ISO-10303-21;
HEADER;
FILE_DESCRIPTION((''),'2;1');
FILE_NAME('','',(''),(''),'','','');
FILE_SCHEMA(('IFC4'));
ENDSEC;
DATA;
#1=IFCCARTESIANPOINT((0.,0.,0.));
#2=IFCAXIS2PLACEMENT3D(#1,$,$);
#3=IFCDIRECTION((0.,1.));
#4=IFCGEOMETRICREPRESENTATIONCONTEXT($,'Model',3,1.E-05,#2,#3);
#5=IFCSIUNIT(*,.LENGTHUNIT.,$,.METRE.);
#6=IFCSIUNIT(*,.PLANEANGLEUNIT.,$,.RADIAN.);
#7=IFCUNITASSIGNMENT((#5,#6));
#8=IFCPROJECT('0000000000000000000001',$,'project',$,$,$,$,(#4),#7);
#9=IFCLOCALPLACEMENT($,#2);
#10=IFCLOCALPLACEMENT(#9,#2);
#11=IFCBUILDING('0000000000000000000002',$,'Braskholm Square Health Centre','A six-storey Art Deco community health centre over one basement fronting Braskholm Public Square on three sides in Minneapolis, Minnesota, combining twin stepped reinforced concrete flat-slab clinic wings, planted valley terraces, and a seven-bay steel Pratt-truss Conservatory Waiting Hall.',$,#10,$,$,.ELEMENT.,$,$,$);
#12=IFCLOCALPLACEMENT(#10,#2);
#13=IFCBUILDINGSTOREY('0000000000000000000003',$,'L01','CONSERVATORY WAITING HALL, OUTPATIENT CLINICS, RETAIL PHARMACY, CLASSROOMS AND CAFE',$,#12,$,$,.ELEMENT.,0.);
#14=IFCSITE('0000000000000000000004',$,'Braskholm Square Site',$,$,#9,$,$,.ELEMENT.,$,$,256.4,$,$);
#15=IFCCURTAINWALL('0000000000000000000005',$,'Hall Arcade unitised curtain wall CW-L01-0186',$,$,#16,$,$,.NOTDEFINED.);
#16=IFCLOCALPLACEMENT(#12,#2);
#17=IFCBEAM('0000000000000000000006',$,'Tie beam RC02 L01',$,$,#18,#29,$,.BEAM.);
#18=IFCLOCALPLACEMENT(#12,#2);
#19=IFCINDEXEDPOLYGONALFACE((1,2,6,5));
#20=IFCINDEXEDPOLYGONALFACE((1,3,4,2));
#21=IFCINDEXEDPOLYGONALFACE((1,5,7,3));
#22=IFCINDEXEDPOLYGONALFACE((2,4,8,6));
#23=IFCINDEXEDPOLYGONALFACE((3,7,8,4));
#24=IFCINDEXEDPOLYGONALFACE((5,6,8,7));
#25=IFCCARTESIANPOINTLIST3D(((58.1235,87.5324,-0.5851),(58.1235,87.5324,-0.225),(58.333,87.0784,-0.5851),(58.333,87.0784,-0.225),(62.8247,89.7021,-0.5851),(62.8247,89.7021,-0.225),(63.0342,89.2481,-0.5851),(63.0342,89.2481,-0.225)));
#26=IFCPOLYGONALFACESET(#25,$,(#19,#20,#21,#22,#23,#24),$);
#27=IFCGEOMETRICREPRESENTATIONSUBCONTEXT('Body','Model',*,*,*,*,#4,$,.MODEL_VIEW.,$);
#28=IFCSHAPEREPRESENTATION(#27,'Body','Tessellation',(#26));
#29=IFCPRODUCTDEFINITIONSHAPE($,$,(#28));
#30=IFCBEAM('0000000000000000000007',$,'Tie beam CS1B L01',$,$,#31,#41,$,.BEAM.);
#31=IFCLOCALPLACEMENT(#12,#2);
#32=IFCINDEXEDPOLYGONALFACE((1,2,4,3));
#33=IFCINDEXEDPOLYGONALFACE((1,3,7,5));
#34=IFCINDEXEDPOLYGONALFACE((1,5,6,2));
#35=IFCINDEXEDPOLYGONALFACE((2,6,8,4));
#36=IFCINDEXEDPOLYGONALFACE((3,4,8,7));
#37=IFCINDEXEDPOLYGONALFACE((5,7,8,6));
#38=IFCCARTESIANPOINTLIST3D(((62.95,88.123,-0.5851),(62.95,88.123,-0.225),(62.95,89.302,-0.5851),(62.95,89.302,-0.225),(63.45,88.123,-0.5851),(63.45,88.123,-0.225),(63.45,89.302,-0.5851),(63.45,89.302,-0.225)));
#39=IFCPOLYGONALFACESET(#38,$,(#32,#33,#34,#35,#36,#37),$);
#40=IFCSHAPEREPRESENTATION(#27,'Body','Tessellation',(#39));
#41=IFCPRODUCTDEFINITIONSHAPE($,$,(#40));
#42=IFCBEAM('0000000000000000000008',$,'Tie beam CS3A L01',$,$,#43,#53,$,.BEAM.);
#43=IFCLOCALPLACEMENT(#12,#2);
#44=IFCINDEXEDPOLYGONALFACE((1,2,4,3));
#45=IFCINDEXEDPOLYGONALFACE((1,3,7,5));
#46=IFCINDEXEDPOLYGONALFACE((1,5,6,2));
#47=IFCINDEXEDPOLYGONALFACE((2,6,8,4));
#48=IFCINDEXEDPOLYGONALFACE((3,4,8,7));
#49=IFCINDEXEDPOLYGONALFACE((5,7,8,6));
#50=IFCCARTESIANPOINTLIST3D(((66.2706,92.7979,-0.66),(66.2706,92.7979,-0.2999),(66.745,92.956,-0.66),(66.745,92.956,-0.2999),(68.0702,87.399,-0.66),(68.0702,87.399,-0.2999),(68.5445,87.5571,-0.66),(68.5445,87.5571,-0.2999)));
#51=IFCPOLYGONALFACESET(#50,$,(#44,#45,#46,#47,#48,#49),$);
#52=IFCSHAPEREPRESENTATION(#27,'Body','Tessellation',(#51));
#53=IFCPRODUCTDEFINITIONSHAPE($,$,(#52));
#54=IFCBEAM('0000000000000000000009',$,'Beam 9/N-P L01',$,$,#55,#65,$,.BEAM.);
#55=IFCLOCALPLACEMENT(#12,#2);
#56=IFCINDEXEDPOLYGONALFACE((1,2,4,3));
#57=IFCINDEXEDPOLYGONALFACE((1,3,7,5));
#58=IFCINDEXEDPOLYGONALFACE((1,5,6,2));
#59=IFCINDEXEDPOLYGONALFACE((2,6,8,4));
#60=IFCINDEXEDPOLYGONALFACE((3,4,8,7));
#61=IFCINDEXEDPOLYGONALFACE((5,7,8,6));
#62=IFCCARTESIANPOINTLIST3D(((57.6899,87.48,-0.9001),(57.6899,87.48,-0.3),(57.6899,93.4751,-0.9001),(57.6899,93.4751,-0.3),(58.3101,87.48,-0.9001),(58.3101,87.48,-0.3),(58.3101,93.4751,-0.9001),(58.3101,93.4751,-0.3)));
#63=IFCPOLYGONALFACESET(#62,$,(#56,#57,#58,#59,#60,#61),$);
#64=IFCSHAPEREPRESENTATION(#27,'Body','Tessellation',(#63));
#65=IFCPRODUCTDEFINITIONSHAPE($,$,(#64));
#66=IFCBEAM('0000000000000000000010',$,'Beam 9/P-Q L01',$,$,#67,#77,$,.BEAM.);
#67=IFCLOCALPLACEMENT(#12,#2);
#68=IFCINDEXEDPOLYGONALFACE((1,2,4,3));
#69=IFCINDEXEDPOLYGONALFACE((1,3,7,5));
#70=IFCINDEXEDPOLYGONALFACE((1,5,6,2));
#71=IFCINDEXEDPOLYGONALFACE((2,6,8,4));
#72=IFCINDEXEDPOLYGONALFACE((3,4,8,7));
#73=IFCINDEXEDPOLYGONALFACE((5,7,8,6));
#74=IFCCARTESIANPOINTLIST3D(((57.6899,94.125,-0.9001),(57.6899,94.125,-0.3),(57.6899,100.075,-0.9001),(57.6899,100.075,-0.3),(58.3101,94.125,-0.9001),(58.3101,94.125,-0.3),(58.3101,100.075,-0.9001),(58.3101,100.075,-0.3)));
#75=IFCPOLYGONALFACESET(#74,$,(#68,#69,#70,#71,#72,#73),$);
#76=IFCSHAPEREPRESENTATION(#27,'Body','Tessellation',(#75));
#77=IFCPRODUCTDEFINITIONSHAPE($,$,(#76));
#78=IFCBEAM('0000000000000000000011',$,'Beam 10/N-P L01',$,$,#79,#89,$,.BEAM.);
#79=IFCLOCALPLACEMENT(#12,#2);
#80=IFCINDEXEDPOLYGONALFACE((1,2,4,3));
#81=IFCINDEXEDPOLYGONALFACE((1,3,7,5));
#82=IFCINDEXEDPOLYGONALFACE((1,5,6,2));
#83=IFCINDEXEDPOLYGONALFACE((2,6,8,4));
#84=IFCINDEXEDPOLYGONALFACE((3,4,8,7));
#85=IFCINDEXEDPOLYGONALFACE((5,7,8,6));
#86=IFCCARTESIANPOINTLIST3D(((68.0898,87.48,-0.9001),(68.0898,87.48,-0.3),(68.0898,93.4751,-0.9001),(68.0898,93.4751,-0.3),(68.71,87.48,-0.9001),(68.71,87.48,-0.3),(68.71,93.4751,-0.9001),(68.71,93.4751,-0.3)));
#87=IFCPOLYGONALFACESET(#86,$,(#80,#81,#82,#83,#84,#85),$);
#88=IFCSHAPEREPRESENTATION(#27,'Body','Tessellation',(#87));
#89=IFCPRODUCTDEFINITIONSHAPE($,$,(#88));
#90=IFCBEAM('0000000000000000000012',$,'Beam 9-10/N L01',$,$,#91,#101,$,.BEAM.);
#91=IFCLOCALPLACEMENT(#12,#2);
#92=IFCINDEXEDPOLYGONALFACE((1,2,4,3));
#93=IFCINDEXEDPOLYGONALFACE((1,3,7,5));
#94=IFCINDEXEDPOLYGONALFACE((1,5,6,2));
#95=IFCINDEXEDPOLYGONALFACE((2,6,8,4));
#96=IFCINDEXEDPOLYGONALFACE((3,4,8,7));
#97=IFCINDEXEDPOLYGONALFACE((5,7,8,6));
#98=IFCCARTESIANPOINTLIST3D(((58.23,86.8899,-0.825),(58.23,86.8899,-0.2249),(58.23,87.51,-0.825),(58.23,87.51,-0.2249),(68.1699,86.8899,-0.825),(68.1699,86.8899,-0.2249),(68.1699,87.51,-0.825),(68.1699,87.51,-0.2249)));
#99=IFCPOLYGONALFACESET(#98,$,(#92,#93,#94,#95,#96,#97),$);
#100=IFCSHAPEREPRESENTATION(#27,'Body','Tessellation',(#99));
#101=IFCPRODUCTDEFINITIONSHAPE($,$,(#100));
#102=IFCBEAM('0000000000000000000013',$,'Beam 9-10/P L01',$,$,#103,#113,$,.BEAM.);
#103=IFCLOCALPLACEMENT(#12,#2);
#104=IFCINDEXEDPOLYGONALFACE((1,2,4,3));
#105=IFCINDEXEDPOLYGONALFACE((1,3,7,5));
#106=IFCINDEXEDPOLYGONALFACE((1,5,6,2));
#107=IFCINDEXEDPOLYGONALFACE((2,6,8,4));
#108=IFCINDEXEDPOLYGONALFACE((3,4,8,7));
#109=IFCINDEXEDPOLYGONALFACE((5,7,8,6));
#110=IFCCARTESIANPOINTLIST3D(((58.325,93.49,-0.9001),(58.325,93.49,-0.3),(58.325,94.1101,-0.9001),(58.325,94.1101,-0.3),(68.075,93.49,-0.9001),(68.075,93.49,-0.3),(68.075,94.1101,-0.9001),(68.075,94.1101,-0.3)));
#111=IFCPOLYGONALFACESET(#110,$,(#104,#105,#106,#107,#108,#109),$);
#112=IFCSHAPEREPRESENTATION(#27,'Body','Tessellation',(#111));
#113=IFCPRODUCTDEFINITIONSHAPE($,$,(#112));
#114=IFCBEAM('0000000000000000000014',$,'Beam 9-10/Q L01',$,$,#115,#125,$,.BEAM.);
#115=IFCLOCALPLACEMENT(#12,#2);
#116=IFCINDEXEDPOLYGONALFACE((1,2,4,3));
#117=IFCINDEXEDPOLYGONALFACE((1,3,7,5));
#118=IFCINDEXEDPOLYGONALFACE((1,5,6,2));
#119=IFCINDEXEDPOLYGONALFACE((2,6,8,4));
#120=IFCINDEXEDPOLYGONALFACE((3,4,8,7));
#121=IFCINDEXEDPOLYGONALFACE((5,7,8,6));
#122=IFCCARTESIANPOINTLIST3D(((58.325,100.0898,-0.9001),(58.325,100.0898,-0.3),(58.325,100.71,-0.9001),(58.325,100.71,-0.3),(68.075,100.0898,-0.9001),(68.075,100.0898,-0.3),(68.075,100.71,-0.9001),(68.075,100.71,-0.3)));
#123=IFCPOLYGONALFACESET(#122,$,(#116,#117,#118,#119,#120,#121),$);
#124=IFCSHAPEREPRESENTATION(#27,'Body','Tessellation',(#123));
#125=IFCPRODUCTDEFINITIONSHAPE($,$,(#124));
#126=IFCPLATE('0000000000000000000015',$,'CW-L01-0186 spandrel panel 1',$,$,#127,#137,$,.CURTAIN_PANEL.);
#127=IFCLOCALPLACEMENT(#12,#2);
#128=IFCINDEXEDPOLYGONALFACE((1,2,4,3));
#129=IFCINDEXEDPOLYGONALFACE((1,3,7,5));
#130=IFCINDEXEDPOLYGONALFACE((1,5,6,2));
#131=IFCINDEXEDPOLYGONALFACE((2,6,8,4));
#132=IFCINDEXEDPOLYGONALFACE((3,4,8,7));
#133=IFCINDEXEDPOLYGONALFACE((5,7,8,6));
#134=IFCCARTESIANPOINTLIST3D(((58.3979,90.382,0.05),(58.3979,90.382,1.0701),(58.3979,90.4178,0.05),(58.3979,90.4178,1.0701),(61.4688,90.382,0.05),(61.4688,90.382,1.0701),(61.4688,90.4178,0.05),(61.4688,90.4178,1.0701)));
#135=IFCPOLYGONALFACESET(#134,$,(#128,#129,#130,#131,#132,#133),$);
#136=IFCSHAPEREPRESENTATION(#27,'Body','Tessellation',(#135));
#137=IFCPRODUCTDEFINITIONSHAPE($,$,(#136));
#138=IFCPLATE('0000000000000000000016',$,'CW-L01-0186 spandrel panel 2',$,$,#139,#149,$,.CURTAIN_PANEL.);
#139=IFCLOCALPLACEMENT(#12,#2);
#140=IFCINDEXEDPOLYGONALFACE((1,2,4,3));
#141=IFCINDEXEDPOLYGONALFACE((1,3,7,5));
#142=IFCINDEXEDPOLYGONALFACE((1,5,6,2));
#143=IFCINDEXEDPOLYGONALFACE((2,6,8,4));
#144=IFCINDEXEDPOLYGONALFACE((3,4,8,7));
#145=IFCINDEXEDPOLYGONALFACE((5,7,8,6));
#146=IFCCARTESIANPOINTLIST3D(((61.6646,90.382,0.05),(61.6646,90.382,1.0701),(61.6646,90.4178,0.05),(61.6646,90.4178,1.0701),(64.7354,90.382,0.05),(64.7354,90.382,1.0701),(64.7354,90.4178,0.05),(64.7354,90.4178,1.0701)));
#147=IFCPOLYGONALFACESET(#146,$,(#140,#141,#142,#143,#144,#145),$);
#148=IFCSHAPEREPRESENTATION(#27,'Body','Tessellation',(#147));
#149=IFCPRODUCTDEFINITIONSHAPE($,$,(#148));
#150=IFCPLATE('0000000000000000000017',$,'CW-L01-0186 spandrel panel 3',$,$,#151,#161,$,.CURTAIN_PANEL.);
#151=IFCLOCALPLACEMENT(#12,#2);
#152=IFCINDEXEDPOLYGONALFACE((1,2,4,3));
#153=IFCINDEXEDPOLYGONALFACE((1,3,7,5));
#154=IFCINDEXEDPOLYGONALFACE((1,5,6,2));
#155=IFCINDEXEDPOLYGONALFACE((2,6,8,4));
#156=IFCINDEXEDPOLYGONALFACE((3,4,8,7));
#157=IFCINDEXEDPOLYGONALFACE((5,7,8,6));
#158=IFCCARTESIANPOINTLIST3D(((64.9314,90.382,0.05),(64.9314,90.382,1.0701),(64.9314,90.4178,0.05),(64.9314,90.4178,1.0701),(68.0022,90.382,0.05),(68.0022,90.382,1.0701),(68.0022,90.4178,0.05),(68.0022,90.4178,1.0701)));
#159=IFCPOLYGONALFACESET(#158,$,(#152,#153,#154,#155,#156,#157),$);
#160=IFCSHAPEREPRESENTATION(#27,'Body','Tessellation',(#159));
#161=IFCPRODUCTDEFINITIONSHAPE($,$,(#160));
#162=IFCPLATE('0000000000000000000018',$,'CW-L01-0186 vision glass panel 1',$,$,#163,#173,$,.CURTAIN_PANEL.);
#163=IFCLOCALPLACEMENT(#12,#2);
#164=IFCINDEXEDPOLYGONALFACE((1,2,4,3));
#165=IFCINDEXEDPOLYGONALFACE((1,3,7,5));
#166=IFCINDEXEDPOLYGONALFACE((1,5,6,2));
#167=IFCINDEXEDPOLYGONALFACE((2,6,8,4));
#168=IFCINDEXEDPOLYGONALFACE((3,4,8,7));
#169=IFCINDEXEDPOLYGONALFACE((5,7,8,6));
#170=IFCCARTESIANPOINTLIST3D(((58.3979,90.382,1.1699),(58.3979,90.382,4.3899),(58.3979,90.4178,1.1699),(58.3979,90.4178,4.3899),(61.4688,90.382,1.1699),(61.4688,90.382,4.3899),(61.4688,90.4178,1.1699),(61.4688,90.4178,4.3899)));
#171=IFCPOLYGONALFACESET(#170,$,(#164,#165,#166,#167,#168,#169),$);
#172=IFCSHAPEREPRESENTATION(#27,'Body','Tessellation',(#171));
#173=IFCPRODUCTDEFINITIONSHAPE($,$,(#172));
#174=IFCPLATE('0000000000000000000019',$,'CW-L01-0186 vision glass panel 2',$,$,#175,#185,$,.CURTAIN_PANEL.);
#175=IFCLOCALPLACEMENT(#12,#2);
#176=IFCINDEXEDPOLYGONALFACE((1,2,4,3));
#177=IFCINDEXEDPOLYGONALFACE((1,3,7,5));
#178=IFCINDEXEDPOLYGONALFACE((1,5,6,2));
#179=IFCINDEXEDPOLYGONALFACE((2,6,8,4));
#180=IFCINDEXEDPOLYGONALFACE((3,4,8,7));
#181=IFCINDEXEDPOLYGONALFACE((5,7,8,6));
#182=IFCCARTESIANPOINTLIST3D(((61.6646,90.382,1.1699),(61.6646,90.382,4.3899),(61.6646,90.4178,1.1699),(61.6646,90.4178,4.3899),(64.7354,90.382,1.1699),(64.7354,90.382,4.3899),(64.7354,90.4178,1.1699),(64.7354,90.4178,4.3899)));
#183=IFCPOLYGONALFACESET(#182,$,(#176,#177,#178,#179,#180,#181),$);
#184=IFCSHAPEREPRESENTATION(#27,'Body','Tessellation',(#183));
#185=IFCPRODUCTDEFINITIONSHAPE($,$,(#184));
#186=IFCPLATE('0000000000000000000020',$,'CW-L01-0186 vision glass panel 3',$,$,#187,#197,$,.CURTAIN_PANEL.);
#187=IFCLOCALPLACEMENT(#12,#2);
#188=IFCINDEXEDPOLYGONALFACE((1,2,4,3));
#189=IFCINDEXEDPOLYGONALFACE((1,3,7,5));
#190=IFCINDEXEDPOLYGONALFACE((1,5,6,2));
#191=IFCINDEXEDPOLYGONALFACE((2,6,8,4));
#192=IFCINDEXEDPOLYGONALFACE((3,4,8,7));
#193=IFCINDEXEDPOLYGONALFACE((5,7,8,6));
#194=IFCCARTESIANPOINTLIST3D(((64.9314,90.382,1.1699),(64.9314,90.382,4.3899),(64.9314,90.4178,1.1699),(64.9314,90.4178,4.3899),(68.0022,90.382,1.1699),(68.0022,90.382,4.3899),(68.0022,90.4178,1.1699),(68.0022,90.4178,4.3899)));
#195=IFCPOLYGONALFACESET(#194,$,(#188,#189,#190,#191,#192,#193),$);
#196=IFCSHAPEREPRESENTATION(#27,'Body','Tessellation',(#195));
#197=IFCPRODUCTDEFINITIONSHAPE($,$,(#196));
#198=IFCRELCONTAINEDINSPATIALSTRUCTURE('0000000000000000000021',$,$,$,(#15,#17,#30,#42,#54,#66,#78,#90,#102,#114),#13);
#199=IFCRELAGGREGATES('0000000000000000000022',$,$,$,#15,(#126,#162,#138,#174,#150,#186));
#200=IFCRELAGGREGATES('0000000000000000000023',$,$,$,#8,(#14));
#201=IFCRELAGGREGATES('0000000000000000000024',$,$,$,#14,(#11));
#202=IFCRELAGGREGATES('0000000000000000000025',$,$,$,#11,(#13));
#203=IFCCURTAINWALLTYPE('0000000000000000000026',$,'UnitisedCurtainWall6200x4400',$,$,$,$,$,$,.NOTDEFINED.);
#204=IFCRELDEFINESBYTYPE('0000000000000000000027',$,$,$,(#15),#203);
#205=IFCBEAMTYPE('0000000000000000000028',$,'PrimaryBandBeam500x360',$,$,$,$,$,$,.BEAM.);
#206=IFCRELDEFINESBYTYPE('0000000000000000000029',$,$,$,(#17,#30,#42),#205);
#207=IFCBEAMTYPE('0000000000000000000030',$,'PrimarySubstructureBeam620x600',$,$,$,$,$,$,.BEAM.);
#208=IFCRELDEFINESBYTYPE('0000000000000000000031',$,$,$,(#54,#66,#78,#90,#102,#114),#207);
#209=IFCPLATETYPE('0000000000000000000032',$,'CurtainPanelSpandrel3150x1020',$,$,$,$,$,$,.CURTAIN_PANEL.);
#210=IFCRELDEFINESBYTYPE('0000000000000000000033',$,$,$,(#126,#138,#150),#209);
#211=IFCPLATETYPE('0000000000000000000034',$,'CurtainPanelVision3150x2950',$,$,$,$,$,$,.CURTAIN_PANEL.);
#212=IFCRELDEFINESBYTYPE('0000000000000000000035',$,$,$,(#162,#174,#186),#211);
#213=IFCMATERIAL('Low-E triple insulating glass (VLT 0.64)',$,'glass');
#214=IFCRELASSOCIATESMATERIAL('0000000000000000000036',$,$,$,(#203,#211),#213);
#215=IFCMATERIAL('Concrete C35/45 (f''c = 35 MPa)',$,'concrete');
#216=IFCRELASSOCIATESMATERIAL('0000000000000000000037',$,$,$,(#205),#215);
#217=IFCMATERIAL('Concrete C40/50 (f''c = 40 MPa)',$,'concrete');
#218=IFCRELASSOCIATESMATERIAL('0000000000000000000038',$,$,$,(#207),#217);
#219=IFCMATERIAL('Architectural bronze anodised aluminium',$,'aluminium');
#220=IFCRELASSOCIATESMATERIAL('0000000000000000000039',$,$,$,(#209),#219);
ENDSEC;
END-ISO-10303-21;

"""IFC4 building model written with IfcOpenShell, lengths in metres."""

from ifc_helpers import new_model, si_unit, direction, frame, origin, origin_2d, place, context, subcontext, project, spatial, rectangle, extrude, material, material_profile, profile_set, type_object, element, aggregate, save


model = new_model("IFC4")

# Units and contexts
model_context = context("Model", 3, precision=1e-05, world=origin(), true_north=direction((0.0, 1.0)))
body_context = subcontext(model_context, "Body", "Model", "MODEL_VIEW")
ifc_project = project(units=[si_unit("LENGTHUNIT", "METRE"), si_unit("PLANEANGLEUNIT", "RADIAN")], contexts=[model_context])

# Site, building, storey
site_placement = place(None, origin())
site = spatial("IfcSite", under=ifc_project, at=site_placement, Name="Braskholm Square Site", CompositionType="ELEMENT", RefElevation=256.4)
building_placement = place(site_placement, origin())
building = spatial("IfcBuilding", under=site, at=building_placement, Name="Braskholm Square Health Centre", Description="A six-storey Art Deco community health centre over one basement fronting Braskholm Public Square on three sides in Minneapolis, Minnesota, combining twin stepped reinforced concrete flat-slab clinic wings, planted valley terraces, and a seven-bay steel Pratt-truss Conservatory Waiting Hall.", CompositionType="ELEMENT")
storey_placement = place(building_placement, origin())
storey = spatial("IfcBuildingStorey", under=building, at=storey_placement, Name="L01", Description="CONSERVATORY WAITING HALL, OUTPATIENT CLINICS, RETAIL PHARMACY, CLASSROOMS AND CAFE", CompositionType="ELEMENT", Elevation=0.0)

# Shared definitions
ifc_material_1 = material(Name="Concrete C40/50 (f'c = 40 MPa)", Category="concrete")

# Curtain wall
ifc_material_2 = material(Name="Low-E triple insulating glass (VLT 0.64)", Category="glass")
curtain_wall_type = type_object("IfcCurtainWallType", Name="UnitisedCurtainWall6200x4400", PredefinedType="NOTDEFINED", material=ifc_material_2)
curtain_wall_placement = place(storey_placement, origin())
curtain_wall = element("IfcCurtainWall", 1, at=curtain_wall_placement, inside=storey, type_object=curtain_wall_type, Name="Hall Arcade unitised curtain wall CW-L01-0186", PredefinedType="NOTDEFINED")
ifc_material_3 = material(Name="Architectural bronze anodised aluminium", Category="aluminium")

# Beams
ifc_material_4 = material(Name="Concrete C35/45 (f'c = 35 MPa)", Category="concrete")
ifc_material_profile_1 = material_profile(ifc_material_4, rectangle(XDim=0.5, YDim=0.3601, at=origin_2d()), Name="RCB-500X360")
ifc_profile_set_1 = profile_set([ifc_material_profile_1], Name="Concrete C35/45 (f'c = 35 MPa)")
beam_type_1 = type_object("IfcBeamType", Name="PrimaryBandBeam500x360", PredefinedType="BEAM", material=ifc_profile_set_1)
beam_1_placement = place(storey_placement, frame((62.9294, 89.4751, -0.405), z_axis=(-0.907966, -0.419043, 0.0), x_axis=(0.419043, -0.907966, 0.0)))
element("IfcBeam", 2, at=beam_1_placement, inside=storey, type_object=beam_type_1, Name="Tie beam RC02 L01", PredefinedType="BEAM", context=body_context, shape_type="SweptSolid", body=[
    extrude(rectangle(XDim=0.5, YDim=0.3601, at=origin_2d()), origin(), (0.0, 0.0, 1.0), 5.1777),
])
beam_2_placement = place(storey_placement, frame((63.2, 88.123, -0.405), z_axis=(0.0, 1.0, 0.0), x_axis=(-1.0, 0.0, 0.0)))
element("IfcBeam", 3, at=beam_2_placement, inside=storey, type_object=beam_type_1, Name="Tie beam CS1B L01", PredefinedType="BEAM", context=body_context, shape_type="SweptSolid", body=[
    extrude(rectangle(XDim=0.5, YDim=0.3601, at=origin_2d()), origin(), (0.0, 0.0, 1.0), 1.179),
])
beam_3_placement = place(storey_placement, frame((66.5078, 92.877, -0.48), z_axis=(0.316215, -0.948688, 0.0), x_axis=(0.948688, 0.316215, 0.0)))
element("IfcBeam", 4, at=beam_3_placement, inside=storey, type_object=beam_type_1, Name="Tie beam CS3A L01", PredefinedType="BEAM", context=body_context, shape_type="SweptSolid", body=[
    extrude(rectangle(XDim=0.5, YDim=0.3601, at=origin_2d()), origin(), (0.0, 0.0, 1.0), 5.6909),
])
ifc_material_profile_2 = material_profile(ifc_material_1, rectangle(XDim=0.6201, YDim=0.6001, at=origin_2d()), Name="RCB-620X600")
ifc_profile_set_2 = profile_set([ifc_material_profile_2], Name="Concrete C40/50 (f'c = 40 MPa)")
beam_type_2 = type_object("IfcBeamType", Name="PrimarySubstructureBeam620x600", PredefinedType="BEAM", material=ifc_profile_set_2)
beam_4_placement = place(storey_placement, frame((58.0, 87.48, -0.6001), z_axis=(0.0, 1.0, 0.0), x_axis=(-1.0, 0.0, 0.0)))
element("IfcBeam", 5, at=beam_4_placement, inside=storey, type_object=beam_type_2, Name="Beam 9/N-P L01", PredefinedType="BEAM", context=body_context, shape_type="SweptSolid", body=[
    extrude(rectangle(XDim=0.6201, YDim=0.6001, at=origin_2d()), origin(), (0.0, 0.0, 1.0), 5.9951),
])
beam_5_placement = place(storey_placement, frame((58.0, 94.125, -0.6001), z_axis=(0.0, 1.0, 0.0), x_axis=(-1.0, 0.0, 0.0)))
element("IfcBeam", 6, at=beam_5_placement, inside=storey, type_object=beam_type_2, Name="Beam 9/P-Q L01", PredefinedType="BEAM", context=body_context, shape_type="SweptSolid", body=[
    extrude(rectangle(XDim=0.6201, YDim=0.6001, at=origin_2d()), origin(), (0.0, 0.0, 1.0), 5.95),
])
beam_6_placement = place(storey_placement, frame((68.3999, 87.48, -0.6001), z_axis=(0.0, 1.0, 0.0), x_axis=(-1.0, 0.0, 0.0)))
element("IfcBeam", 7, at=beam_6_placement, inside=storey, type_object=beam_type_2, Name="Beam 10/N-P L01", PredefinedType="BEAM", context=body_context, shape_type="SweptSolid", body=[
    extrude(rectangle(XDim=0.6201, YDim=0.6001, at=origin_2d()), origin(), (0.0, 0.0, 1.0), 5.9951),
])
beam_7_placement = place(storey_placement, frame((58.23, 87.2, -0.5249), z_axis=(1.0, 0.0, 0.0), x_axis=(0.0, 1.0, 0.0)))
element("IfcBeam", 8, at=beam_7_placement, inside=storey, type_object=beam_type_2, Name="Beam 9-10/N L01", PredefinedType="BEAM", context=body_context, shape_type="SweptSolid", body=[
    extrude(rectangle(XDim=0.6201, YDim=0.6001, at=origin_2d()), origin(), (0.0, 0.0, 1.0), 9.9399),
])
for number, where, z_axis, x_axis, name in (
    (9, (58.325, 93.8, -0.6001), (1.0, 0.0, 0.0), (0.0, 1.0, 0.0), "Beam 9-10/P L01"),
    (10, (58.325, 100.3999, -0.6001), (1.0, 0.0, 0.0), (0.0, 1.0, 0.0), "Beam 9-10/Q L01"),
):
    element("IfcBeam", number, at=place(storey_placement, frame(where, z_axis=z_axis, x_axis=x_axis)), inside=storey, type_object=beam_type_2, Name=name, PredefinedType="BEAM", context=body_context, shape_type="SweptSolid", body=[
        extrude(rectangle(XDim=0.6201, YDim=0.6001, at=origin_2d()), origin(), (0.0, 0.0, 1.0), 9.75),
    ])

# Plates
plate_type_1 = type_object("IfcPlateType", Name="CurtainPanelSpandrel3150x1020", PredefinedType="CURTAIN_PANEL", material=ifc_material_3)
plate_1_placement = place(storey_placement, frame((59.9333, 90.3999, 0.05), z_axis=(0.0, 0.0, 1.0), x_axis=(1.0, 0.0, 0.0)))
plate_1 = element("IfcPlate", 11, at=plate_1_placement, type_object=plate_type_1, Name="CW-L01-0186 spandrel panel 1", PredefinedType="CURTAIN_PANEL", context=body_context, shape_type="SweptSolid", body=[
    extrude(rectangle(XDim=3.0708, YDim=0.0359, at=origin_2d()), origin(), (0.0, 0.0, 1.0), 1.02),
])
plate_2_placement = place(storey_placement, frame((63.2, 90.3999, 0.05), z_axis=(0.0, 0.0, 1.0), x_axis=(1.0, 0.0, 0.0)))
plate_2 = element("IfcPlate", 12, at=plate_2_placement, type_object=plate_type_1, Name="CW-L01-0186 spandrel panel 2", PredefinedType="CURTAIN_PANEL", context=body_context, shape_type="SweptSolid", body=[
    extrude(rectangle(XDim=3.0708, YDim=0.0359, at=origin_2d()), origin(), (0.0, 0.0, 1.0), 1.02),
])
plate_3_placement = place(storey_placement, frame((66.4668, 90.3999, 0.05), z_axis=(0.0, 0.0, 1.0), x_axis=(1.0, 0.0, 0.0)))
plate_3 = element("IfcPlate", 13, at=plate_3_placement, type_object=plate_type_1, Name="CW-L01-0186 spandrel panel 3", PredefinedType="CURTAIN_PANEL", context=body_context, shape_type="SweptSolid", body=[
    extrude(rectangle(XDim=3.0708, YDim=0.0359, at=origin_2d()), origin(), (0.0, 0.0, 1.0), 1.02),
])
plate_type_2 = type_object("IfcPlateType", Name="CurtainPanelVision3150x2950", PredefinedType="CURTAIN_PANEL", material=ifc_material_2)
plate_4_placement = place(storey_placement, frame((59.9333, 90.3999, 1.1699), z_axis=(0.0, 0.0, 1.0), x_axis=(1.0, 0.0, 0.0)))
plate_4 = element("IfcPlate", 14, at=plate_4_placement, type_object=plate_type_2, Name="CW-L01-0186 vision glass panel 1", PredefinedType="CURTAIN_PANEL", context=body_context, shape_type="SweptSolid", body=[
    extrude(rectangle(XDim=3.0708, YDim=0.0359, at=origin_2d()), origin(), (0.0, 0.0, 1.0), 3.22),
])
plate_5_placement = place(storey_placement, frame((63.2, 90.3999, 1.1699), z_axis=(0.0, 0.0, 1.0), x_axis=(1.0, 0.0, 0.0)))
plate_5 = element("IfcPlate", 15, at=plate_5_placement, type_object=plate_type_2, Name="CW-L01-0186 vision glass panel 2", PredefinedType="CURTAIN_PANEL", context=body_context, shape_type="SweptSolid", body=[
    extrude(rectangle(XDim=3.0708, YDim=0.0359, at=origin_2d()), origin(), (0.0, 0.0, 1.0), 3.22),
])
plate_6_placement = place(storey_placement, frame((66.4668, 90.3999, 1.1699), z_axis=(0.0, 0.0, 1.0), x_axis=(1.0, 0.0, 0.0)))
plate_6 = element("IfcPlate", 16, at=plate_6_placement, type_object=plate_type_2, Name="CW-L01-0186 vision glass panel 3", PredefinedType="CURTAIN_PANEL", context=body_context, shape_type="SweptSolid", body=[
    extrude(rectangle(XDim=3.0708, YDim=0.0359, at=origin_2d()), origin(), (0.0, 0.0, 1.0), 3.22),
])
aggregate(curtain_wall, [plate_1, plate_4, plate_2, plate_5, plate_3, plate_6])

save(model, "model.ifc")
